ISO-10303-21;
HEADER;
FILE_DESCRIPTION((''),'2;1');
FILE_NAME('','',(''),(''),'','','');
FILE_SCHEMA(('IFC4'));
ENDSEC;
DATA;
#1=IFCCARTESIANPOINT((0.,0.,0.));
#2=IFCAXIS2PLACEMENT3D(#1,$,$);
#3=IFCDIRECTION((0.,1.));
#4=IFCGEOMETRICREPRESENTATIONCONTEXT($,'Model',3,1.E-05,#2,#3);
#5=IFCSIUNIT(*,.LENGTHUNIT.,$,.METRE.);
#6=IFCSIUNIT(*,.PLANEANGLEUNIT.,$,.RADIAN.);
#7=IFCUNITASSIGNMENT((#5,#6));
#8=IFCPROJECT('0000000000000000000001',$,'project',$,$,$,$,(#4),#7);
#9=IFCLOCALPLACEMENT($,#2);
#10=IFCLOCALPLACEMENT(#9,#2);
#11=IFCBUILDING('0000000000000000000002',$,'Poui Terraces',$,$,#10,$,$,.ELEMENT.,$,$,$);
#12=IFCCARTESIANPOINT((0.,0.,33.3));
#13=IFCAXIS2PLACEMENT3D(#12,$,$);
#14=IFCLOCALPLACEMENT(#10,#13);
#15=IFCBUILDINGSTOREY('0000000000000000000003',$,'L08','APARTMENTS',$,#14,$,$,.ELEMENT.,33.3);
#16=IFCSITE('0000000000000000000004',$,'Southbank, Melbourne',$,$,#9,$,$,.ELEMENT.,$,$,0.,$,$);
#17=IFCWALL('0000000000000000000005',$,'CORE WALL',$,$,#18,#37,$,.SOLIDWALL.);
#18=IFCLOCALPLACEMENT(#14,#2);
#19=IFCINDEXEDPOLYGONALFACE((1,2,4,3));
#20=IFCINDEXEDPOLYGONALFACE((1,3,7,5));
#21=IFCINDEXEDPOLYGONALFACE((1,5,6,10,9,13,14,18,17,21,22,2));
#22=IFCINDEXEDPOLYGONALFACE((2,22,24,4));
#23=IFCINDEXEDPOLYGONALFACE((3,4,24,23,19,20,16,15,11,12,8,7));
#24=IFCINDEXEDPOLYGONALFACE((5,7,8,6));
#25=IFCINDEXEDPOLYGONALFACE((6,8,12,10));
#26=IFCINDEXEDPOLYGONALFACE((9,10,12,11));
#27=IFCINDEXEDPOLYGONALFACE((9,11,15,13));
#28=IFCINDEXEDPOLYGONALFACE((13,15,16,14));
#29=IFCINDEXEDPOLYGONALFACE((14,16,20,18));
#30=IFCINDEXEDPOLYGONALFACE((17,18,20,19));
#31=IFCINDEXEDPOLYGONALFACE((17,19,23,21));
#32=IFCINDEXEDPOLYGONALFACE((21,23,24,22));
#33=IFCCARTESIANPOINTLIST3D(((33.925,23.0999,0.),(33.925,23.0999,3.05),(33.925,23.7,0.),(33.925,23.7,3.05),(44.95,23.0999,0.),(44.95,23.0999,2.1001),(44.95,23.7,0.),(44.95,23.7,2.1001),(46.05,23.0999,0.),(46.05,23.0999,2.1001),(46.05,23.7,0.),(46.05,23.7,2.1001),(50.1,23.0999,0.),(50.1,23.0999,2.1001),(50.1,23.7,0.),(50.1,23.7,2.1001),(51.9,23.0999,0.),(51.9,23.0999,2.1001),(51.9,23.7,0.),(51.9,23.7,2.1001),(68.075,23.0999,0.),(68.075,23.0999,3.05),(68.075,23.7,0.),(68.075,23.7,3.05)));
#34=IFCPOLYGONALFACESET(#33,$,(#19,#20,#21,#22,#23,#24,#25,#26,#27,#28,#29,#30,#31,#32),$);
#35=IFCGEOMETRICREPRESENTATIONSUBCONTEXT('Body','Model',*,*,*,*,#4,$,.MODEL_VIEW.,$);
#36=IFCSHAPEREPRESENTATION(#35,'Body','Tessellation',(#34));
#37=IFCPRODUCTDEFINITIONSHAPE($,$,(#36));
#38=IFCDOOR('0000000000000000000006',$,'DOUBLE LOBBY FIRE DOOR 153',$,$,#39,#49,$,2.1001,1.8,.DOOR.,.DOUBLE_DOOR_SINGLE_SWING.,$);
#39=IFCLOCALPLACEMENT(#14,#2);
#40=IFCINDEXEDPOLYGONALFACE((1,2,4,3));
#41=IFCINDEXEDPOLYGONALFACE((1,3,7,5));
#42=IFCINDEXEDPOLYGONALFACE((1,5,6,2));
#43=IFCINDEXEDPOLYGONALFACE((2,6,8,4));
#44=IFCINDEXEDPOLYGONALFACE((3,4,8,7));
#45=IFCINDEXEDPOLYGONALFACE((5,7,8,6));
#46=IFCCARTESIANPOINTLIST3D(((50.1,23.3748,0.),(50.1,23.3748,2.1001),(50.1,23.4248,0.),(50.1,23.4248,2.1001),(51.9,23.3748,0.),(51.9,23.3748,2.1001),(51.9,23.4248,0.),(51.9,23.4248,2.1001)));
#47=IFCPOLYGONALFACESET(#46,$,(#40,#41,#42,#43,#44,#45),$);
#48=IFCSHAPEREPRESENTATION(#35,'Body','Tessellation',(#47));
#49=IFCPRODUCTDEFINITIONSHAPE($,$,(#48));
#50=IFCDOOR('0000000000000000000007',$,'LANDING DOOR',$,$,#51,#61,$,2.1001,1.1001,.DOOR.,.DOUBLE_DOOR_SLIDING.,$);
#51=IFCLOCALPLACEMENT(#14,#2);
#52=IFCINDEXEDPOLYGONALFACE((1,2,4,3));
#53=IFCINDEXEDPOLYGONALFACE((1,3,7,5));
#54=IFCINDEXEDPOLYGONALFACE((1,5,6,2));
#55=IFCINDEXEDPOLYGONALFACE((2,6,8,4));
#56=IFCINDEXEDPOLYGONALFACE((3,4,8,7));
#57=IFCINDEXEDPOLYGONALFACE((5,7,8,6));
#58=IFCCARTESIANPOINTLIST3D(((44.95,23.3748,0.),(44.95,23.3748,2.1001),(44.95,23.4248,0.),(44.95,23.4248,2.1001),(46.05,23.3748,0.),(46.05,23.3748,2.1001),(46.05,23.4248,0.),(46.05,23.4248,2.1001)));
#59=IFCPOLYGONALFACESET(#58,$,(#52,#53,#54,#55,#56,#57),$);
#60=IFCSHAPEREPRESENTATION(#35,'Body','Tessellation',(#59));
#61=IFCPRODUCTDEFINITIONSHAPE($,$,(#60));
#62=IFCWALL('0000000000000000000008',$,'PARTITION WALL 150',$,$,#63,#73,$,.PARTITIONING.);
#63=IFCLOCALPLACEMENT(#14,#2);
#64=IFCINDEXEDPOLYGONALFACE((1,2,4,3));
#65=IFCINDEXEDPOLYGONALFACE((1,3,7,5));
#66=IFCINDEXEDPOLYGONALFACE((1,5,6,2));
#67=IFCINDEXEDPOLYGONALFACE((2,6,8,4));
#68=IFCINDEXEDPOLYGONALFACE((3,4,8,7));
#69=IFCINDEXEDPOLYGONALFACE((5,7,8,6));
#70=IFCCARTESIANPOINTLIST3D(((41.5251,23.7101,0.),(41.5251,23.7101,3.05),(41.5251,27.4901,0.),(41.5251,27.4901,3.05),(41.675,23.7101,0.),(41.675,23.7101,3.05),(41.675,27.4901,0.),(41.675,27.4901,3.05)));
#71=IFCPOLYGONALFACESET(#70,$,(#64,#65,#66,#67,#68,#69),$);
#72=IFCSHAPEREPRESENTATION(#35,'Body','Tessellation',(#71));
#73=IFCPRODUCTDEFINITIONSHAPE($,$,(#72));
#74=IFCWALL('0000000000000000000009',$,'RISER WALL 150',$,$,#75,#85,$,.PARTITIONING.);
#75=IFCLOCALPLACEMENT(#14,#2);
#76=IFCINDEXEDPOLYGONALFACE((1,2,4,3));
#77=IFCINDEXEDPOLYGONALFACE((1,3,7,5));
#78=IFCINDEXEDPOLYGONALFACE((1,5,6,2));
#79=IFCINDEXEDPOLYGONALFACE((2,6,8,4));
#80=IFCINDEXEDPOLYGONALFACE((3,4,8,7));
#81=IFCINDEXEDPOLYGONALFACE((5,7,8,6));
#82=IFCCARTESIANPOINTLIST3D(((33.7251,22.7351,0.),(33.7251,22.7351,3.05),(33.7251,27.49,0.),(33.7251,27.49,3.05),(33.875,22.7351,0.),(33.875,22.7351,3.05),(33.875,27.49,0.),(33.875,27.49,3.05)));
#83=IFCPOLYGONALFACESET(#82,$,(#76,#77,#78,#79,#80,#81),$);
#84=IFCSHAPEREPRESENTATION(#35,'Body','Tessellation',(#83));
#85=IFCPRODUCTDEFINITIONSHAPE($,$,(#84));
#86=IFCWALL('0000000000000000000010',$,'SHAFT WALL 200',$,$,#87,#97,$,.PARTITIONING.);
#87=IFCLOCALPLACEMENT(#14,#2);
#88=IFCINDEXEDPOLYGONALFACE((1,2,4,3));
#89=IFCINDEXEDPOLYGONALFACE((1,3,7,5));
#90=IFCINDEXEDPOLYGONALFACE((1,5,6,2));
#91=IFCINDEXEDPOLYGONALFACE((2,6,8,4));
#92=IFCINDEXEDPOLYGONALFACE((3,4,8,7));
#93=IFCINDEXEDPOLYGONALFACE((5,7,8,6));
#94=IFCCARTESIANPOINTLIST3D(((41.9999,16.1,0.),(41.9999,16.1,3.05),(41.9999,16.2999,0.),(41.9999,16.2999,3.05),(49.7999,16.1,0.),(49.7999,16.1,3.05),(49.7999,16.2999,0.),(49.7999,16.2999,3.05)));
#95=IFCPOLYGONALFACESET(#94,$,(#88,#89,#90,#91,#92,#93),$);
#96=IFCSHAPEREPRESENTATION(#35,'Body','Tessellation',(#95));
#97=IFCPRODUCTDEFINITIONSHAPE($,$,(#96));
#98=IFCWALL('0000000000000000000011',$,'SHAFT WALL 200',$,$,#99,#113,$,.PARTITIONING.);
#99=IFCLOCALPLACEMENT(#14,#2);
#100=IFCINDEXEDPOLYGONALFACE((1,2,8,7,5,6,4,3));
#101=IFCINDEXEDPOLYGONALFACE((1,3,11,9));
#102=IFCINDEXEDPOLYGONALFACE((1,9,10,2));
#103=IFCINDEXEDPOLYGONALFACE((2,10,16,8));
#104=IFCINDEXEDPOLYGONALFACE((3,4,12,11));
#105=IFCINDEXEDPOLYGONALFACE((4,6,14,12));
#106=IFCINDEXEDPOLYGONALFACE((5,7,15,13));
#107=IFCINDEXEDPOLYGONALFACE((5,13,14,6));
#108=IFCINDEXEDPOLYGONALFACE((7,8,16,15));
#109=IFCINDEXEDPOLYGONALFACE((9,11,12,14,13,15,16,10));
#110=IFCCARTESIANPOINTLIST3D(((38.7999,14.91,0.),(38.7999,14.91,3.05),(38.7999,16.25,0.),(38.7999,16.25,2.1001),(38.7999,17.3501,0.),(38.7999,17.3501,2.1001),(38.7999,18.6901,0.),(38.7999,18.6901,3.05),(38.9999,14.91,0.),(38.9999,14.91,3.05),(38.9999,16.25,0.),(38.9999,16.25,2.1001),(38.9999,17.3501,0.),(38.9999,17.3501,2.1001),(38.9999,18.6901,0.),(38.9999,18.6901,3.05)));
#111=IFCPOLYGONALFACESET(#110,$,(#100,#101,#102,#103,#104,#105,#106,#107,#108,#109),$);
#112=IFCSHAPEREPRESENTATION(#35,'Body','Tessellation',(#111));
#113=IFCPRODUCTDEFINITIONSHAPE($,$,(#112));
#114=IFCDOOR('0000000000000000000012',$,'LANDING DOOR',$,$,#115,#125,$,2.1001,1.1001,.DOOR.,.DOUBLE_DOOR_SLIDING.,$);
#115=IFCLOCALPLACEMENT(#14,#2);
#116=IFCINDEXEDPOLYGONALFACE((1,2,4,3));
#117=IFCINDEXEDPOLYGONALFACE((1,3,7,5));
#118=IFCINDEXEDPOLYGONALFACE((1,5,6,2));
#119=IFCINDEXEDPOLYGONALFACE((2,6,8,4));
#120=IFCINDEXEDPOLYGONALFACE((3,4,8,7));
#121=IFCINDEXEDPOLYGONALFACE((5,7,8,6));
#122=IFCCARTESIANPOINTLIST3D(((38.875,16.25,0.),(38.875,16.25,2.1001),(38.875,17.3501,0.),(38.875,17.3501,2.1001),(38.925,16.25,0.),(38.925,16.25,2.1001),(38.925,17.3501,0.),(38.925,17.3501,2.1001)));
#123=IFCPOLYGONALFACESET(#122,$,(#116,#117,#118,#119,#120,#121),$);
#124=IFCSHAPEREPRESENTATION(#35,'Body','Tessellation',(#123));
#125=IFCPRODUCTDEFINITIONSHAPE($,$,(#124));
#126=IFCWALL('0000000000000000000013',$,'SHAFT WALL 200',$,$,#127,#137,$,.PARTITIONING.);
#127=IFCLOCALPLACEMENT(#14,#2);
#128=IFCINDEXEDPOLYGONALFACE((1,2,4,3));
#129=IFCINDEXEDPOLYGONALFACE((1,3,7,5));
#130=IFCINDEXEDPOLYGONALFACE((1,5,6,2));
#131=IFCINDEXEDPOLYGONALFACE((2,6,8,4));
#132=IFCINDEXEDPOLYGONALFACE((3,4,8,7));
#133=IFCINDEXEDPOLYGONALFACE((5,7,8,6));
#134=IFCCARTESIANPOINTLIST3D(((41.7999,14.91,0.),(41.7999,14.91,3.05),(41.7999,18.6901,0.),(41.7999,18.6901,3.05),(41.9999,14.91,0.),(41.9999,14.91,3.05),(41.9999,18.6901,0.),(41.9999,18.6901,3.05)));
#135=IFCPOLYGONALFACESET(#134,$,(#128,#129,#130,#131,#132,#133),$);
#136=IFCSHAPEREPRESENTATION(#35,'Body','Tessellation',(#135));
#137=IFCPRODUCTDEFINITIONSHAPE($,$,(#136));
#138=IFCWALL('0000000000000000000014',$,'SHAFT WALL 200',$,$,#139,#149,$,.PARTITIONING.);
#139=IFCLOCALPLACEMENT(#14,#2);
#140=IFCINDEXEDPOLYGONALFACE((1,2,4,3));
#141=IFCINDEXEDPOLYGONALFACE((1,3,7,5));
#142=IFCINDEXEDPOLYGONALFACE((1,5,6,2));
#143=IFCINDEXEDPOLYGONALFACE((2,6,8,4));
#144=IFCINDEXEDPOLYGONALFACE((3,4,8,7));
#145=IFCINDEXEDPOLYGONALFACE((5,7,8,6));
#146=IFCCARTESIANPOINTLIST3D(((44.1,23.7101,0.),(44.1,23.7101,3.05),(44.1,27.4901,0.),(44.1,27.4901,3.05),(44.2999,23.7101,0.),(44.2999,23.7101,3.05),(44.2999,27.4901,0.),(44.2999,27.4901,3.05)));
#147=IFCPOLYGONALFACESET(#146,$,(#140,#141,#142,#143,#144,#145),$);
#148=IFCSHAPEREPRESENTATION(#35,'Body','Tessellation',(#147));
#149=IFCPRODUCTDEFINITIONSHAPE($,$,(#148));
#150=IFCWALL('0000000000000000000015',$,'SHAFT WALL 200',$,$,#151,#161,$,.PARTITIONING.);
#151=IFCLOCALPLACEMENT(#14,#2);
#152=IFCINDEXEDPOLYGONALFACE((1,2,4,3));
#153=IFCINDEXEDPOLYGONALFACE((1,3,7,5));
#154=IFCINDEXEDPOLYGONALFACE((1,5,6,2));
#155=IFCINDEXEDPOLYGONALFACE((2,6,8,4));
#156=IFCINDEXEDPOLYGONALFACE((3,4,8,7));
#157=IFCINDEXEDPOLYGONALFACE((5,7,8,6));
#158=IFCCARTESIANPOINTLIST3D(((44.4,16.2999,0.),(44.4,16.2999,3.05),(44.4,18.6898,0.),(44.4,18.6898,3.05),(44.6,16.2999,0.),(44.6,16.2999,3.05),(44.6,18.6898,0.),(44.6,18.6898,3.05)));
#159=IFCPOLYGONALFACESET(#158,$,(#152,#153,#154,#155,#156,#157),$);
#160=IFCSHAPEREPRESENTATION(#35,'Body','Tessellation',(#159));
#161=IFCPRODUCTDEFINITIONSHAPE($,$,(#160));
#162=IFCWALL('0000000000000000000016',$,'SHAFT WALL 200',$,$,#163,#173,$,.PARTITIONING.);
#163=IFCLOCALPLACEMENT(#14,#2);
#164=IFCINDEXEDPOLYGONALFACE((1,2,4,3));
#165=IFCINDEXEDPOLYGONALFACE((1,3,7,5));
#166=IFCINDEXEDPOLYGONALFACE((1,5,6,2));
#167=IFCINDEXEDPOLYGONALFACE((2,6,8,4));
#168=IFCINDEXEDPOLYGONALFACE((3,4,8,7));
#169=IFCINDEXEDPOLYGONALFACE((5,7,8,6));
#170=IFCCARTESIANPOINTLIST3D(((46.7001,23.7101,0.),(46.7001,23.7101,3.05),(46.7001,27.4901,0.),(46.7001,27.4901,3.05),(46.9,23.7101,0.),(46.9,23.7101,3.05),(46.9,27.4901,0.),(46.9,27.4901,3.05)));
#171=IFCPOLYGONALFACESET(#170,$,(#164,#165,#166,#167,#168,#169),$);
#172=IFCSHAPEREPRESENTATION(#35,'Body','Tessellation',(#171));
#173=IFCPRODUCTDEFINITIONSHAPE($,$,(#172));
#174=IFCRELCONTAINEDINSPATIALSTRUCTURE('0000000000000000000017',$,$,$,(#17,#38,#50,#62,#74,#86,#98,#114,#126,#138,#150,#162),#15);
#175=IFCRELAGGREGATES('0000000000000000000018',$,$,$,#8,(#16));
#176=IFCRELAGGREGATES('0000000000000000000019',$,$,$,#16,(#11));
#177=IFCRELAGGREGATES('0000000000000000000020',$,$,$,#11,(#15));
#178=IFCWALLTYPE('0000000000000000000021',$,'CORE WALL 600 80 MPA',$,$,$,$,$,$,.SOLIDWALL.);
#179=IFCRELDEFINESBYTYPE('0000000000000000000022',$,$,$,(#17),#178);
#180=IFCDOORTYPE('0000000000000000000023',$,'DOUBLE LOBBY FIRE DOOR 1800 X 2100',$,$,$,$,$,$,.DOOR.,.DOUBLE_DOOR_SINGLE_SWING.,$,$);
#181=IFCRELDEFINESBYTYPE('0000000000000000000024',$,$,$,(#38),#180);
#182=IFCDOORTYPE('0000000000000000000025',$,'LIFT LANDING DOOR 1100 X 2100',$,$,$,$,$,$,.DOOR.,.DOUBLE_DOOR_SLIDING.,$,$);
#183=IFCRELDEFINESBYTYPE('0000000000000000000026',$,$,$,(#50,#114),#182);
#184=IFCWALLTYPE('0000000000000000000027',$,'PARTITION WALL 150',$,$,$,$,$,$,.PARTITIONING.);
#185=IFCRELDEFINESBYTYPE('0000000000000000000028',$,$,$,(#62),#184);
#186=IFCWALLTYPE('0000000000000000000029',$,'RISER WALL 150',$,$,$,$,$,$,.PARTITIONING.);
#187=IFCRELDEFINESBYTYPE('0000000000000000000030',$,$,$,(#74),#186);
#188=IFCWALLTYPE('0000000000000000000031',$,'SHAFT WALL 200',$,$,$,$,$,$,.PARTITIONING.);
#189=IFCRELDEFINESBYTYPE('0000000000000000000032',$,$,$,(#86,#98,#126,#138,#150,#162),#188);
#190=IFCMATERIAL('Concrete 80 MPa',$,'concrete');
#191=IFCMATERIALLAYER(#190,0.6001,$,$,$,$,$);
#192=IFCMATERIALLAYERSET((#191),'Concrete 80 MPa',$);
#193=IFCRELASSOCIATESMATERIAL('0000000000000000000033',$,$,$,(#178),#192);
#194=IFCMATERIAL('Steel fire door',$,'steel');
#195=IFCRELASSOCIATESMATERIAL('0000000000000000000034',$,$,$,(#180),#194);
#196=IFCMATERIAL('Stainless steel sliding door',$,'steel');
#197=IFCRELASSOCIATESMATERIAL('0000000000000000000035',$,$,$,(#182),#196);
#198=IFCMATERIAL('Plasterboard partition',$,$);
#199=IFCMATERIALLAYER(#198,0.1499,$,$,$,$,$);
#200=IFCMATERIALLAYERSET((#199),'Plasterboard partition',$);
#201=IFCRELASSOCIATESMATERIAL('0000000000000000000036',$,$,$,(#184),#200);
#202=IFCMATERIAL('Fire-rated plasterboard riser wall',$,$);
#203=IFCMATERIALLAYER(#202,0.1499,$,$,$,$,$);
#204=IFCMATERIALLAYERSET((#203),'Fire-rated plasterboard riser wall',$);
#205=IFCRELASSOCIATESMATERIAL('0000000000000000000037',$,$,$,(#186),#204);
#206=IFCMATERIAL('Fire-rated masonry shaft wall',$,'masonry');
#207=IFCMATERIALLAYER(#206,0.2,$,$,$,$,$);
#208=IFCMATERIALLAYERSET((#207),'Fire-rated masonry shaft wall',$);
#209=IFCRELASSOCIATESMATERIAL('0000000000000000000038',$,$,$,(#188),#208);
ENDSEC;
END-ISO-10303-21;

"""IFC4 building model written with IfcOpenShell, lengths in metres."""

from ifc_helpers import new_model, si_unit, direction, frame, frame_2d, origin, place, context, subcontext, project, spatial, rectangle, extrude, material, layer, layer_set, type_object, element, fill, save


model = new_model("IFC4")

# Units and contexts
model_context = context("Model", 3, precision=1e-05, world=origin(), true_north=direction((0.0, 1.0)))
body_context = subcontext(model_context, "Body", "Model", "MODEL_VIEW")
ifc_project = project(units=[si_unit("LENGTHUNIT", "METRE"), si_unit("PLANEANGLEUNIT", "RADIAN")], contexts=[model_context])

# Site, building, storey
site_placement = place(None, origin())
site = spatial("IfcSite", under=ifc_project, at=site_placement, Name="Southbank, Melbourne", CompositionType="ELEMENT", RefElevation=0.0)
building_placement = place(site_placement, origin())
building = spatial("IfcBuilding", under=site, at=building_placement, Name="Poui Terraces", CompositionType="ELEMENT")
storey_placement = place(building_placement, frame((0.0, 0.0, 33.3)))
storey = spatial("IfcBuildingStorey", under=building, at=storey_placement, Name="L08", Description="APARTMENTS", CompositionType="ELEMENT", Elevation=33.3)

# Wall, openings, doors
ifc_material_1 = material(Name="Concrete 80 MPa", Category="concrete")
ifc_layer_1 = layer(ifc_material_1, 0.6001)
ifc_layer_set_1 = layer_set([ifc_layer_1], Name="Concrete 80 MPa")
wall_type_1 = type_object("IfcWallType", Name="CORE WALL 600 80 MPA", PredefinedType="SOLIDWALL", material=ifc_layer_set_1)
ifc_material_2 = material(Name="Steel fire door", Category="steel")
door_type_1 = type_object("IfcDoorType", Name="DOUBLE LOBBY FIRE DOOR 1800 X 2100", OperationType="DOUBLE_DOOR_SINGLE_SWING", PredefinedType="DOOR", material=ifc_material_2)
ifc_material_3 = material(Name="Stainless steel sliding door", Category="steel")
door_type_2 = type_object("IfcDoorType", Name="LIFT LANDING DOOR 1100 X 2100", OperationType="DOUBLE_DOOR_SLIDING", PredefinedType="DOOR", material=ifc_material_3)
wall_1_placement = place(storey_placement, frame((33.925, 23.3999, 0.0), z_axis=(0.0, 0.0, 1.0), x_axis=(1.0, 0.0, 0.0)))
wall_1 = element("IfcWall", 1, at=wall_1_placement, inside=storey, type_object=wall_type_1, Name="CORE WALL", PredefinedType="SOLIDWALL", context=body_context, shape_type="SweptSolid", body=[
    extrude(rectangle(XDim=34.1499, YDim=0.6001, at=frame_2d((17.075, 0.0))), origin(), (0.0, 0.0, 1.0), 3.05),
])
opening_1_placement = place(wall_1_placement, frame((16.175, 0.0, 0.0)))
opening_1 = element("IfcOpeningElement", 2, at=opening_1_placement, cuts=wall_1, PredefinedType="OPENING", context=body_context, shape_type="SweptSolid", body=[
    extrude(rectangle(XDim=1.8, YDim=2.1001, at=frame_2d((0.8999, 1.05))), frame((0.0, 0.3101, 0.0), z_axis=(0.0, -1.0, 0.0), x_axis=(1.0, 0.0, 0.0)), (0.0, 0.0, 1.0), 0.6201),
])
opening_2_placement = place(wall_1_placement, frame((11.0249, 0.0, 0.0)))
opening_2 = element("IfcOpeningElement", 3, at=opening_2_placement, cuts=wall_1, PredefinedType="OPENING", context=body_context, shape_type="SweptSolid", body=[
    extrude(rectangle(XDim=1.1001, YDim=2.1001, at=frame_2d((0.55, 1.05))), frame((0.0, 0.3101, 0.0), z_axis=(0.0, -1.0, 0.0), x_axis=(1.0, 0.0, 0.0)), (0.0, 0.0, 1.0), 0.6201),
])
door_1_placement = place(opening_1_placement, origin())
door_1 = element("IfcDoor", 4, at=door_1_placement, inside=storey, type_object=door_type_1, Name="DOUBLE LOBBY FIRE DOOR 153", OperationType="DOUBLE_DOOR_SINGLE_SWING", OverallHeight=2.1001, OverallWidth=1.8, PredefinedType="DOOR", context=body_context, shape_type="SweptSolid", body=[
    extrude(rectangle(XDim=1.8, YDim=2.1001, at=frame_2d((0.8999, 1.05))), frame((0.0, 0.0249, 0.0), z_axis=(0.0, -1.0, 0.0), x_axis=(1.0, 0.0, 0.0)), (0.0, 0.0, 1.0), 0.05),
])
fill(opening_1, door_1)
door_2_placement = place(opening_2_placement, origin())
door_2 = element("IfcDoor", 5, at=door_2_placement, inside=storey, type_object=door_type_2, Name="LANDING DOOR", OperationType="DOUBLE_DOOR_SLIDING", OverallHeight=2.1001, OverallWidth=1.1001, PredefinedType="DOOR", context=body_context, shape_type="SweptSolid", body=[
    extrude(rectangle(XDim=1.1001, YDim=2.1001, at=frame_2d((0.55, 1.05))), frame((0.0, 0.0249, 0.0), z_axis=(0.0, -1.0, 0.0), x_axis=(1.0, 0.0, 0.0)), (0.0, 0.0, 1.0), 0.05),
])
fill(opening_2, door_2)

# Walls
ifc_material_4 = material(Name="Plasterboard partition")
ifc_layer_2 = layer(ifc_material_4, 0.1499)
ifc_layer_set_2 = layer_set([ifc_layer_2], Name="Plasterboard partition")
wall_type_2 = type_object("IfcWallType", Name="PARTITION WALL 150", PredefinedType="PARTITIONING", material=ifc_layer_set_2)
wall_2_placement = place(storey_placement, frame((41.6001, 23.71, 0.0), z_axis=(0.0, 0.0, 1.0), x_axis=(0.0, 1.0, 0.0)))
element("IfcWall", 6, at=wall_2_placement, inside=storey, type_object=wall_type_2, Name="PARTITION WALL 150", PredefinedType="PARTITIONING", context=body_context, shape_type="SweptSolid", body=[
    extrude(rectangle(XDim=3.78, YDim=0.1499, at=frame_2d((1.8901, 0.0))), origin(), (0.0, 0.0, 1.0), 3.05),
])
ifc_material_5 = material(Name="Fire-rated plasterboard riser wall")
ifc_layer_3 = layer(ifc_material_5, 0.1499)
ifc_layer_set_3 = layer_set([ifc_layer_3], Name="Fire-rated plasterboard riser wall")
wall_type_3 = type_object("IfcWallType", Name="RISER WALL 150", PredefinedType="PARTITIONING", material=ifc_layer_set_3)
wall_3_placement = place(storey_placement, frame((33.8, 22.7351, 0.0), z_axis=(0.0, 0.0, 1.0), x_axis=(0.0, 1.0, 0.0)))
element("IfcWall", 7, at=wall_3_placement, inside=storey, type_object=wall_type_3, Name="RISER WALL 150", PredefinedType="PARTITIONING", context=body_context, shape_type="SweptSolid", body=[
    extrude(rectangle(XDim=4.7549, YDim=0.1499, at=frame_2d((2.3774, 0.0))), origin(), (0.0, 0.0, 1.0), 3.05),
])
ifc_material_6 = material(Name="Fire-rated masonry shaft wall", Category="masonry")
ifc_layer_4 = layer(ifc_material_6, 0.2)
ifc_layer_set_4 = layer_set([ifc_layer_4], Name="Fire-rated masonry shaft wall")
wall_type_4 = type_object("IfcWallType", Name="SHAFT WALL 200", PredefinedType="PARTITIONING", material=ifc_layer_set_4)
wall_4_placement = place(storey_placement, frame((42.0, 16.2, 0.0), z_axis=(0.0, 0.0, 1.0), x_axis=(1.0, 0.0, 0.0)))
element("IfcWall", 8, at=wall_4_placement, inside=storey, type_object=wall_type_4, Name="SHAFT WALL 200", PredefinedType="PARTITIONING", context=body_context, shape_type="SweptSolid", body=[
    extrude(rectangle(XDim=7.8, YDim=0.2, at=frame_2d((3.8999, 0.0))), origin(), (0.0, 0.0, 1.0), 3.05),
])

# Wall, opening, door
wall_5_placement = place(storey_placement, frame((38.8999, 14.9099, 0.0), z_axis=(0.0, 0.0, 1.0), x_axis=(0.0, 1.0, 0.0)))
wall_5 = element("IfcWall", 9, at=wall_5_placement, inside=storey, type_object=wall_type_4, Name="SHAFT WALL 200", PredefinedType="PARTITIONING", context=body_context, shape_type="SweptSolid", body=[
    extrude(rectangle(XDim=3.78, YDim=0.2, at=frame_2d((1.8901, 0.0))), origin(), (0.0, 0.0, 1.0), 3.05),
])
opening_3_placement = place(wall_5_placement, frame((1.3401, 0.0, 0.0)))
opening_3 = element("IfcOpeningElement", 10, at=opening_3_placement, cuts=wall_5, PredefinedType="OPENING", context=body_context, shape_type="SweptSolid", body=[
    extrude(rectangle(XDim=1.1001, YDim=2.1001, at=frame_2d((0.55, 1.05))), frame((0.0, 0.1099, 0.0), z_axis=(0.0, -1.0, 0.0), x_axis=(1.0, 0.0, 0.0)), (0.0, 0.0, 1.0), 0.22),
])
door_3_placement = place(opening_3_placement, origin())
door_3 = element("IfcDoor", 11, at=door_3_placement, inside=storey, type_object=door_type_2, Name="LANDING DOOR", OperationType="DOUBLE_DOOR_SLIDING", OverallHeight=2.1001, OverallWidth=1.1001, PredefinedType="DOOR", context=body_context, shape_type="SweptSolid", body=[
    extrude(rectangle(XDim=1.1001, YDim=2.1001, at=frame_2d((0.55, 1.05))), frame((0.0, 0.0249, 0.0), z_axis=(0.0, -1.0, 0.0), x_axis=(1.0, 0.0, 0.0)), (0.0, 0.0, 1.0), 0.05),
])
fill(opening_3, door_3)

# Walls
for number, where, z_axis, x_axis, name in (
    (12, (41.8999, 14.9099, 0.0), (0.0, 0.0, 1.0), (0.0, 1.0, 0.0), "SHAFT WALL 200"),
    (13, (44.2, 23.71, 0.0), (0.0, 0.0, 1.0), (0.0, 1.0, 0.0), "SHAFT WALL 200"),
):
    element("IfcWall", number, at=place(storey_placement, frame(where, z_axis=z_axis, x_axis=x_axis)), inside=storey, type_object=wall_type_4, Name=name, PredefinedType="PARTITIONING", context=body_context, shape_type="SweptSolid", body=[
        extrude(rectangle(XDim=3.78, YDim=0.2, at=frame_2d((1.8901, 0.0))), origin(), (0.0, 0.0, 1.0), 3.05),
    ])
wall_6_placement = place(storey_placement, frame((44.5, 16.3, 0.0), z_axis=(0.0, 0.0, 1.0), x_axis=(0.0, 1.0, 0.0)))
element("IfcWall", 14, at=wall_6_placement, inside=storey, type_object=wall_type_4, Name="SHAFT WALL 200", PredefinedType="PARTITIONING", context=body_context, shape_type="SweptSolid", body=[
    extrude(rectangle(XDim=2.3899, YDim=0.2, at=frame_2d((1.1948, 0.0))), origin(), (0.0, 0.0, 1.0), 3.05),
])
wall_7_placement = place(storey_placement, frame((46.8, 23.71, 0.0), z_axis=(0.0, 0.0, 1.0), x_axis=(0.0, 1.0, 0.0)))
element("IfcWall", 15, at=wall_7_placement, inside=storey, type_object=wall_type_4, Name="SHAFT WALL 200", PredefinedType="PARTITIONING", context=body_context, shape_type="SweptSolid", body=[
    extrude(rectangle(XDim=3.78, YDim=0.2, at=frame_2d((1.8901, 0.0))), origin(), (0.0, 0.0, 1.0), 3.05),
])

save(model, "model.ifc")
